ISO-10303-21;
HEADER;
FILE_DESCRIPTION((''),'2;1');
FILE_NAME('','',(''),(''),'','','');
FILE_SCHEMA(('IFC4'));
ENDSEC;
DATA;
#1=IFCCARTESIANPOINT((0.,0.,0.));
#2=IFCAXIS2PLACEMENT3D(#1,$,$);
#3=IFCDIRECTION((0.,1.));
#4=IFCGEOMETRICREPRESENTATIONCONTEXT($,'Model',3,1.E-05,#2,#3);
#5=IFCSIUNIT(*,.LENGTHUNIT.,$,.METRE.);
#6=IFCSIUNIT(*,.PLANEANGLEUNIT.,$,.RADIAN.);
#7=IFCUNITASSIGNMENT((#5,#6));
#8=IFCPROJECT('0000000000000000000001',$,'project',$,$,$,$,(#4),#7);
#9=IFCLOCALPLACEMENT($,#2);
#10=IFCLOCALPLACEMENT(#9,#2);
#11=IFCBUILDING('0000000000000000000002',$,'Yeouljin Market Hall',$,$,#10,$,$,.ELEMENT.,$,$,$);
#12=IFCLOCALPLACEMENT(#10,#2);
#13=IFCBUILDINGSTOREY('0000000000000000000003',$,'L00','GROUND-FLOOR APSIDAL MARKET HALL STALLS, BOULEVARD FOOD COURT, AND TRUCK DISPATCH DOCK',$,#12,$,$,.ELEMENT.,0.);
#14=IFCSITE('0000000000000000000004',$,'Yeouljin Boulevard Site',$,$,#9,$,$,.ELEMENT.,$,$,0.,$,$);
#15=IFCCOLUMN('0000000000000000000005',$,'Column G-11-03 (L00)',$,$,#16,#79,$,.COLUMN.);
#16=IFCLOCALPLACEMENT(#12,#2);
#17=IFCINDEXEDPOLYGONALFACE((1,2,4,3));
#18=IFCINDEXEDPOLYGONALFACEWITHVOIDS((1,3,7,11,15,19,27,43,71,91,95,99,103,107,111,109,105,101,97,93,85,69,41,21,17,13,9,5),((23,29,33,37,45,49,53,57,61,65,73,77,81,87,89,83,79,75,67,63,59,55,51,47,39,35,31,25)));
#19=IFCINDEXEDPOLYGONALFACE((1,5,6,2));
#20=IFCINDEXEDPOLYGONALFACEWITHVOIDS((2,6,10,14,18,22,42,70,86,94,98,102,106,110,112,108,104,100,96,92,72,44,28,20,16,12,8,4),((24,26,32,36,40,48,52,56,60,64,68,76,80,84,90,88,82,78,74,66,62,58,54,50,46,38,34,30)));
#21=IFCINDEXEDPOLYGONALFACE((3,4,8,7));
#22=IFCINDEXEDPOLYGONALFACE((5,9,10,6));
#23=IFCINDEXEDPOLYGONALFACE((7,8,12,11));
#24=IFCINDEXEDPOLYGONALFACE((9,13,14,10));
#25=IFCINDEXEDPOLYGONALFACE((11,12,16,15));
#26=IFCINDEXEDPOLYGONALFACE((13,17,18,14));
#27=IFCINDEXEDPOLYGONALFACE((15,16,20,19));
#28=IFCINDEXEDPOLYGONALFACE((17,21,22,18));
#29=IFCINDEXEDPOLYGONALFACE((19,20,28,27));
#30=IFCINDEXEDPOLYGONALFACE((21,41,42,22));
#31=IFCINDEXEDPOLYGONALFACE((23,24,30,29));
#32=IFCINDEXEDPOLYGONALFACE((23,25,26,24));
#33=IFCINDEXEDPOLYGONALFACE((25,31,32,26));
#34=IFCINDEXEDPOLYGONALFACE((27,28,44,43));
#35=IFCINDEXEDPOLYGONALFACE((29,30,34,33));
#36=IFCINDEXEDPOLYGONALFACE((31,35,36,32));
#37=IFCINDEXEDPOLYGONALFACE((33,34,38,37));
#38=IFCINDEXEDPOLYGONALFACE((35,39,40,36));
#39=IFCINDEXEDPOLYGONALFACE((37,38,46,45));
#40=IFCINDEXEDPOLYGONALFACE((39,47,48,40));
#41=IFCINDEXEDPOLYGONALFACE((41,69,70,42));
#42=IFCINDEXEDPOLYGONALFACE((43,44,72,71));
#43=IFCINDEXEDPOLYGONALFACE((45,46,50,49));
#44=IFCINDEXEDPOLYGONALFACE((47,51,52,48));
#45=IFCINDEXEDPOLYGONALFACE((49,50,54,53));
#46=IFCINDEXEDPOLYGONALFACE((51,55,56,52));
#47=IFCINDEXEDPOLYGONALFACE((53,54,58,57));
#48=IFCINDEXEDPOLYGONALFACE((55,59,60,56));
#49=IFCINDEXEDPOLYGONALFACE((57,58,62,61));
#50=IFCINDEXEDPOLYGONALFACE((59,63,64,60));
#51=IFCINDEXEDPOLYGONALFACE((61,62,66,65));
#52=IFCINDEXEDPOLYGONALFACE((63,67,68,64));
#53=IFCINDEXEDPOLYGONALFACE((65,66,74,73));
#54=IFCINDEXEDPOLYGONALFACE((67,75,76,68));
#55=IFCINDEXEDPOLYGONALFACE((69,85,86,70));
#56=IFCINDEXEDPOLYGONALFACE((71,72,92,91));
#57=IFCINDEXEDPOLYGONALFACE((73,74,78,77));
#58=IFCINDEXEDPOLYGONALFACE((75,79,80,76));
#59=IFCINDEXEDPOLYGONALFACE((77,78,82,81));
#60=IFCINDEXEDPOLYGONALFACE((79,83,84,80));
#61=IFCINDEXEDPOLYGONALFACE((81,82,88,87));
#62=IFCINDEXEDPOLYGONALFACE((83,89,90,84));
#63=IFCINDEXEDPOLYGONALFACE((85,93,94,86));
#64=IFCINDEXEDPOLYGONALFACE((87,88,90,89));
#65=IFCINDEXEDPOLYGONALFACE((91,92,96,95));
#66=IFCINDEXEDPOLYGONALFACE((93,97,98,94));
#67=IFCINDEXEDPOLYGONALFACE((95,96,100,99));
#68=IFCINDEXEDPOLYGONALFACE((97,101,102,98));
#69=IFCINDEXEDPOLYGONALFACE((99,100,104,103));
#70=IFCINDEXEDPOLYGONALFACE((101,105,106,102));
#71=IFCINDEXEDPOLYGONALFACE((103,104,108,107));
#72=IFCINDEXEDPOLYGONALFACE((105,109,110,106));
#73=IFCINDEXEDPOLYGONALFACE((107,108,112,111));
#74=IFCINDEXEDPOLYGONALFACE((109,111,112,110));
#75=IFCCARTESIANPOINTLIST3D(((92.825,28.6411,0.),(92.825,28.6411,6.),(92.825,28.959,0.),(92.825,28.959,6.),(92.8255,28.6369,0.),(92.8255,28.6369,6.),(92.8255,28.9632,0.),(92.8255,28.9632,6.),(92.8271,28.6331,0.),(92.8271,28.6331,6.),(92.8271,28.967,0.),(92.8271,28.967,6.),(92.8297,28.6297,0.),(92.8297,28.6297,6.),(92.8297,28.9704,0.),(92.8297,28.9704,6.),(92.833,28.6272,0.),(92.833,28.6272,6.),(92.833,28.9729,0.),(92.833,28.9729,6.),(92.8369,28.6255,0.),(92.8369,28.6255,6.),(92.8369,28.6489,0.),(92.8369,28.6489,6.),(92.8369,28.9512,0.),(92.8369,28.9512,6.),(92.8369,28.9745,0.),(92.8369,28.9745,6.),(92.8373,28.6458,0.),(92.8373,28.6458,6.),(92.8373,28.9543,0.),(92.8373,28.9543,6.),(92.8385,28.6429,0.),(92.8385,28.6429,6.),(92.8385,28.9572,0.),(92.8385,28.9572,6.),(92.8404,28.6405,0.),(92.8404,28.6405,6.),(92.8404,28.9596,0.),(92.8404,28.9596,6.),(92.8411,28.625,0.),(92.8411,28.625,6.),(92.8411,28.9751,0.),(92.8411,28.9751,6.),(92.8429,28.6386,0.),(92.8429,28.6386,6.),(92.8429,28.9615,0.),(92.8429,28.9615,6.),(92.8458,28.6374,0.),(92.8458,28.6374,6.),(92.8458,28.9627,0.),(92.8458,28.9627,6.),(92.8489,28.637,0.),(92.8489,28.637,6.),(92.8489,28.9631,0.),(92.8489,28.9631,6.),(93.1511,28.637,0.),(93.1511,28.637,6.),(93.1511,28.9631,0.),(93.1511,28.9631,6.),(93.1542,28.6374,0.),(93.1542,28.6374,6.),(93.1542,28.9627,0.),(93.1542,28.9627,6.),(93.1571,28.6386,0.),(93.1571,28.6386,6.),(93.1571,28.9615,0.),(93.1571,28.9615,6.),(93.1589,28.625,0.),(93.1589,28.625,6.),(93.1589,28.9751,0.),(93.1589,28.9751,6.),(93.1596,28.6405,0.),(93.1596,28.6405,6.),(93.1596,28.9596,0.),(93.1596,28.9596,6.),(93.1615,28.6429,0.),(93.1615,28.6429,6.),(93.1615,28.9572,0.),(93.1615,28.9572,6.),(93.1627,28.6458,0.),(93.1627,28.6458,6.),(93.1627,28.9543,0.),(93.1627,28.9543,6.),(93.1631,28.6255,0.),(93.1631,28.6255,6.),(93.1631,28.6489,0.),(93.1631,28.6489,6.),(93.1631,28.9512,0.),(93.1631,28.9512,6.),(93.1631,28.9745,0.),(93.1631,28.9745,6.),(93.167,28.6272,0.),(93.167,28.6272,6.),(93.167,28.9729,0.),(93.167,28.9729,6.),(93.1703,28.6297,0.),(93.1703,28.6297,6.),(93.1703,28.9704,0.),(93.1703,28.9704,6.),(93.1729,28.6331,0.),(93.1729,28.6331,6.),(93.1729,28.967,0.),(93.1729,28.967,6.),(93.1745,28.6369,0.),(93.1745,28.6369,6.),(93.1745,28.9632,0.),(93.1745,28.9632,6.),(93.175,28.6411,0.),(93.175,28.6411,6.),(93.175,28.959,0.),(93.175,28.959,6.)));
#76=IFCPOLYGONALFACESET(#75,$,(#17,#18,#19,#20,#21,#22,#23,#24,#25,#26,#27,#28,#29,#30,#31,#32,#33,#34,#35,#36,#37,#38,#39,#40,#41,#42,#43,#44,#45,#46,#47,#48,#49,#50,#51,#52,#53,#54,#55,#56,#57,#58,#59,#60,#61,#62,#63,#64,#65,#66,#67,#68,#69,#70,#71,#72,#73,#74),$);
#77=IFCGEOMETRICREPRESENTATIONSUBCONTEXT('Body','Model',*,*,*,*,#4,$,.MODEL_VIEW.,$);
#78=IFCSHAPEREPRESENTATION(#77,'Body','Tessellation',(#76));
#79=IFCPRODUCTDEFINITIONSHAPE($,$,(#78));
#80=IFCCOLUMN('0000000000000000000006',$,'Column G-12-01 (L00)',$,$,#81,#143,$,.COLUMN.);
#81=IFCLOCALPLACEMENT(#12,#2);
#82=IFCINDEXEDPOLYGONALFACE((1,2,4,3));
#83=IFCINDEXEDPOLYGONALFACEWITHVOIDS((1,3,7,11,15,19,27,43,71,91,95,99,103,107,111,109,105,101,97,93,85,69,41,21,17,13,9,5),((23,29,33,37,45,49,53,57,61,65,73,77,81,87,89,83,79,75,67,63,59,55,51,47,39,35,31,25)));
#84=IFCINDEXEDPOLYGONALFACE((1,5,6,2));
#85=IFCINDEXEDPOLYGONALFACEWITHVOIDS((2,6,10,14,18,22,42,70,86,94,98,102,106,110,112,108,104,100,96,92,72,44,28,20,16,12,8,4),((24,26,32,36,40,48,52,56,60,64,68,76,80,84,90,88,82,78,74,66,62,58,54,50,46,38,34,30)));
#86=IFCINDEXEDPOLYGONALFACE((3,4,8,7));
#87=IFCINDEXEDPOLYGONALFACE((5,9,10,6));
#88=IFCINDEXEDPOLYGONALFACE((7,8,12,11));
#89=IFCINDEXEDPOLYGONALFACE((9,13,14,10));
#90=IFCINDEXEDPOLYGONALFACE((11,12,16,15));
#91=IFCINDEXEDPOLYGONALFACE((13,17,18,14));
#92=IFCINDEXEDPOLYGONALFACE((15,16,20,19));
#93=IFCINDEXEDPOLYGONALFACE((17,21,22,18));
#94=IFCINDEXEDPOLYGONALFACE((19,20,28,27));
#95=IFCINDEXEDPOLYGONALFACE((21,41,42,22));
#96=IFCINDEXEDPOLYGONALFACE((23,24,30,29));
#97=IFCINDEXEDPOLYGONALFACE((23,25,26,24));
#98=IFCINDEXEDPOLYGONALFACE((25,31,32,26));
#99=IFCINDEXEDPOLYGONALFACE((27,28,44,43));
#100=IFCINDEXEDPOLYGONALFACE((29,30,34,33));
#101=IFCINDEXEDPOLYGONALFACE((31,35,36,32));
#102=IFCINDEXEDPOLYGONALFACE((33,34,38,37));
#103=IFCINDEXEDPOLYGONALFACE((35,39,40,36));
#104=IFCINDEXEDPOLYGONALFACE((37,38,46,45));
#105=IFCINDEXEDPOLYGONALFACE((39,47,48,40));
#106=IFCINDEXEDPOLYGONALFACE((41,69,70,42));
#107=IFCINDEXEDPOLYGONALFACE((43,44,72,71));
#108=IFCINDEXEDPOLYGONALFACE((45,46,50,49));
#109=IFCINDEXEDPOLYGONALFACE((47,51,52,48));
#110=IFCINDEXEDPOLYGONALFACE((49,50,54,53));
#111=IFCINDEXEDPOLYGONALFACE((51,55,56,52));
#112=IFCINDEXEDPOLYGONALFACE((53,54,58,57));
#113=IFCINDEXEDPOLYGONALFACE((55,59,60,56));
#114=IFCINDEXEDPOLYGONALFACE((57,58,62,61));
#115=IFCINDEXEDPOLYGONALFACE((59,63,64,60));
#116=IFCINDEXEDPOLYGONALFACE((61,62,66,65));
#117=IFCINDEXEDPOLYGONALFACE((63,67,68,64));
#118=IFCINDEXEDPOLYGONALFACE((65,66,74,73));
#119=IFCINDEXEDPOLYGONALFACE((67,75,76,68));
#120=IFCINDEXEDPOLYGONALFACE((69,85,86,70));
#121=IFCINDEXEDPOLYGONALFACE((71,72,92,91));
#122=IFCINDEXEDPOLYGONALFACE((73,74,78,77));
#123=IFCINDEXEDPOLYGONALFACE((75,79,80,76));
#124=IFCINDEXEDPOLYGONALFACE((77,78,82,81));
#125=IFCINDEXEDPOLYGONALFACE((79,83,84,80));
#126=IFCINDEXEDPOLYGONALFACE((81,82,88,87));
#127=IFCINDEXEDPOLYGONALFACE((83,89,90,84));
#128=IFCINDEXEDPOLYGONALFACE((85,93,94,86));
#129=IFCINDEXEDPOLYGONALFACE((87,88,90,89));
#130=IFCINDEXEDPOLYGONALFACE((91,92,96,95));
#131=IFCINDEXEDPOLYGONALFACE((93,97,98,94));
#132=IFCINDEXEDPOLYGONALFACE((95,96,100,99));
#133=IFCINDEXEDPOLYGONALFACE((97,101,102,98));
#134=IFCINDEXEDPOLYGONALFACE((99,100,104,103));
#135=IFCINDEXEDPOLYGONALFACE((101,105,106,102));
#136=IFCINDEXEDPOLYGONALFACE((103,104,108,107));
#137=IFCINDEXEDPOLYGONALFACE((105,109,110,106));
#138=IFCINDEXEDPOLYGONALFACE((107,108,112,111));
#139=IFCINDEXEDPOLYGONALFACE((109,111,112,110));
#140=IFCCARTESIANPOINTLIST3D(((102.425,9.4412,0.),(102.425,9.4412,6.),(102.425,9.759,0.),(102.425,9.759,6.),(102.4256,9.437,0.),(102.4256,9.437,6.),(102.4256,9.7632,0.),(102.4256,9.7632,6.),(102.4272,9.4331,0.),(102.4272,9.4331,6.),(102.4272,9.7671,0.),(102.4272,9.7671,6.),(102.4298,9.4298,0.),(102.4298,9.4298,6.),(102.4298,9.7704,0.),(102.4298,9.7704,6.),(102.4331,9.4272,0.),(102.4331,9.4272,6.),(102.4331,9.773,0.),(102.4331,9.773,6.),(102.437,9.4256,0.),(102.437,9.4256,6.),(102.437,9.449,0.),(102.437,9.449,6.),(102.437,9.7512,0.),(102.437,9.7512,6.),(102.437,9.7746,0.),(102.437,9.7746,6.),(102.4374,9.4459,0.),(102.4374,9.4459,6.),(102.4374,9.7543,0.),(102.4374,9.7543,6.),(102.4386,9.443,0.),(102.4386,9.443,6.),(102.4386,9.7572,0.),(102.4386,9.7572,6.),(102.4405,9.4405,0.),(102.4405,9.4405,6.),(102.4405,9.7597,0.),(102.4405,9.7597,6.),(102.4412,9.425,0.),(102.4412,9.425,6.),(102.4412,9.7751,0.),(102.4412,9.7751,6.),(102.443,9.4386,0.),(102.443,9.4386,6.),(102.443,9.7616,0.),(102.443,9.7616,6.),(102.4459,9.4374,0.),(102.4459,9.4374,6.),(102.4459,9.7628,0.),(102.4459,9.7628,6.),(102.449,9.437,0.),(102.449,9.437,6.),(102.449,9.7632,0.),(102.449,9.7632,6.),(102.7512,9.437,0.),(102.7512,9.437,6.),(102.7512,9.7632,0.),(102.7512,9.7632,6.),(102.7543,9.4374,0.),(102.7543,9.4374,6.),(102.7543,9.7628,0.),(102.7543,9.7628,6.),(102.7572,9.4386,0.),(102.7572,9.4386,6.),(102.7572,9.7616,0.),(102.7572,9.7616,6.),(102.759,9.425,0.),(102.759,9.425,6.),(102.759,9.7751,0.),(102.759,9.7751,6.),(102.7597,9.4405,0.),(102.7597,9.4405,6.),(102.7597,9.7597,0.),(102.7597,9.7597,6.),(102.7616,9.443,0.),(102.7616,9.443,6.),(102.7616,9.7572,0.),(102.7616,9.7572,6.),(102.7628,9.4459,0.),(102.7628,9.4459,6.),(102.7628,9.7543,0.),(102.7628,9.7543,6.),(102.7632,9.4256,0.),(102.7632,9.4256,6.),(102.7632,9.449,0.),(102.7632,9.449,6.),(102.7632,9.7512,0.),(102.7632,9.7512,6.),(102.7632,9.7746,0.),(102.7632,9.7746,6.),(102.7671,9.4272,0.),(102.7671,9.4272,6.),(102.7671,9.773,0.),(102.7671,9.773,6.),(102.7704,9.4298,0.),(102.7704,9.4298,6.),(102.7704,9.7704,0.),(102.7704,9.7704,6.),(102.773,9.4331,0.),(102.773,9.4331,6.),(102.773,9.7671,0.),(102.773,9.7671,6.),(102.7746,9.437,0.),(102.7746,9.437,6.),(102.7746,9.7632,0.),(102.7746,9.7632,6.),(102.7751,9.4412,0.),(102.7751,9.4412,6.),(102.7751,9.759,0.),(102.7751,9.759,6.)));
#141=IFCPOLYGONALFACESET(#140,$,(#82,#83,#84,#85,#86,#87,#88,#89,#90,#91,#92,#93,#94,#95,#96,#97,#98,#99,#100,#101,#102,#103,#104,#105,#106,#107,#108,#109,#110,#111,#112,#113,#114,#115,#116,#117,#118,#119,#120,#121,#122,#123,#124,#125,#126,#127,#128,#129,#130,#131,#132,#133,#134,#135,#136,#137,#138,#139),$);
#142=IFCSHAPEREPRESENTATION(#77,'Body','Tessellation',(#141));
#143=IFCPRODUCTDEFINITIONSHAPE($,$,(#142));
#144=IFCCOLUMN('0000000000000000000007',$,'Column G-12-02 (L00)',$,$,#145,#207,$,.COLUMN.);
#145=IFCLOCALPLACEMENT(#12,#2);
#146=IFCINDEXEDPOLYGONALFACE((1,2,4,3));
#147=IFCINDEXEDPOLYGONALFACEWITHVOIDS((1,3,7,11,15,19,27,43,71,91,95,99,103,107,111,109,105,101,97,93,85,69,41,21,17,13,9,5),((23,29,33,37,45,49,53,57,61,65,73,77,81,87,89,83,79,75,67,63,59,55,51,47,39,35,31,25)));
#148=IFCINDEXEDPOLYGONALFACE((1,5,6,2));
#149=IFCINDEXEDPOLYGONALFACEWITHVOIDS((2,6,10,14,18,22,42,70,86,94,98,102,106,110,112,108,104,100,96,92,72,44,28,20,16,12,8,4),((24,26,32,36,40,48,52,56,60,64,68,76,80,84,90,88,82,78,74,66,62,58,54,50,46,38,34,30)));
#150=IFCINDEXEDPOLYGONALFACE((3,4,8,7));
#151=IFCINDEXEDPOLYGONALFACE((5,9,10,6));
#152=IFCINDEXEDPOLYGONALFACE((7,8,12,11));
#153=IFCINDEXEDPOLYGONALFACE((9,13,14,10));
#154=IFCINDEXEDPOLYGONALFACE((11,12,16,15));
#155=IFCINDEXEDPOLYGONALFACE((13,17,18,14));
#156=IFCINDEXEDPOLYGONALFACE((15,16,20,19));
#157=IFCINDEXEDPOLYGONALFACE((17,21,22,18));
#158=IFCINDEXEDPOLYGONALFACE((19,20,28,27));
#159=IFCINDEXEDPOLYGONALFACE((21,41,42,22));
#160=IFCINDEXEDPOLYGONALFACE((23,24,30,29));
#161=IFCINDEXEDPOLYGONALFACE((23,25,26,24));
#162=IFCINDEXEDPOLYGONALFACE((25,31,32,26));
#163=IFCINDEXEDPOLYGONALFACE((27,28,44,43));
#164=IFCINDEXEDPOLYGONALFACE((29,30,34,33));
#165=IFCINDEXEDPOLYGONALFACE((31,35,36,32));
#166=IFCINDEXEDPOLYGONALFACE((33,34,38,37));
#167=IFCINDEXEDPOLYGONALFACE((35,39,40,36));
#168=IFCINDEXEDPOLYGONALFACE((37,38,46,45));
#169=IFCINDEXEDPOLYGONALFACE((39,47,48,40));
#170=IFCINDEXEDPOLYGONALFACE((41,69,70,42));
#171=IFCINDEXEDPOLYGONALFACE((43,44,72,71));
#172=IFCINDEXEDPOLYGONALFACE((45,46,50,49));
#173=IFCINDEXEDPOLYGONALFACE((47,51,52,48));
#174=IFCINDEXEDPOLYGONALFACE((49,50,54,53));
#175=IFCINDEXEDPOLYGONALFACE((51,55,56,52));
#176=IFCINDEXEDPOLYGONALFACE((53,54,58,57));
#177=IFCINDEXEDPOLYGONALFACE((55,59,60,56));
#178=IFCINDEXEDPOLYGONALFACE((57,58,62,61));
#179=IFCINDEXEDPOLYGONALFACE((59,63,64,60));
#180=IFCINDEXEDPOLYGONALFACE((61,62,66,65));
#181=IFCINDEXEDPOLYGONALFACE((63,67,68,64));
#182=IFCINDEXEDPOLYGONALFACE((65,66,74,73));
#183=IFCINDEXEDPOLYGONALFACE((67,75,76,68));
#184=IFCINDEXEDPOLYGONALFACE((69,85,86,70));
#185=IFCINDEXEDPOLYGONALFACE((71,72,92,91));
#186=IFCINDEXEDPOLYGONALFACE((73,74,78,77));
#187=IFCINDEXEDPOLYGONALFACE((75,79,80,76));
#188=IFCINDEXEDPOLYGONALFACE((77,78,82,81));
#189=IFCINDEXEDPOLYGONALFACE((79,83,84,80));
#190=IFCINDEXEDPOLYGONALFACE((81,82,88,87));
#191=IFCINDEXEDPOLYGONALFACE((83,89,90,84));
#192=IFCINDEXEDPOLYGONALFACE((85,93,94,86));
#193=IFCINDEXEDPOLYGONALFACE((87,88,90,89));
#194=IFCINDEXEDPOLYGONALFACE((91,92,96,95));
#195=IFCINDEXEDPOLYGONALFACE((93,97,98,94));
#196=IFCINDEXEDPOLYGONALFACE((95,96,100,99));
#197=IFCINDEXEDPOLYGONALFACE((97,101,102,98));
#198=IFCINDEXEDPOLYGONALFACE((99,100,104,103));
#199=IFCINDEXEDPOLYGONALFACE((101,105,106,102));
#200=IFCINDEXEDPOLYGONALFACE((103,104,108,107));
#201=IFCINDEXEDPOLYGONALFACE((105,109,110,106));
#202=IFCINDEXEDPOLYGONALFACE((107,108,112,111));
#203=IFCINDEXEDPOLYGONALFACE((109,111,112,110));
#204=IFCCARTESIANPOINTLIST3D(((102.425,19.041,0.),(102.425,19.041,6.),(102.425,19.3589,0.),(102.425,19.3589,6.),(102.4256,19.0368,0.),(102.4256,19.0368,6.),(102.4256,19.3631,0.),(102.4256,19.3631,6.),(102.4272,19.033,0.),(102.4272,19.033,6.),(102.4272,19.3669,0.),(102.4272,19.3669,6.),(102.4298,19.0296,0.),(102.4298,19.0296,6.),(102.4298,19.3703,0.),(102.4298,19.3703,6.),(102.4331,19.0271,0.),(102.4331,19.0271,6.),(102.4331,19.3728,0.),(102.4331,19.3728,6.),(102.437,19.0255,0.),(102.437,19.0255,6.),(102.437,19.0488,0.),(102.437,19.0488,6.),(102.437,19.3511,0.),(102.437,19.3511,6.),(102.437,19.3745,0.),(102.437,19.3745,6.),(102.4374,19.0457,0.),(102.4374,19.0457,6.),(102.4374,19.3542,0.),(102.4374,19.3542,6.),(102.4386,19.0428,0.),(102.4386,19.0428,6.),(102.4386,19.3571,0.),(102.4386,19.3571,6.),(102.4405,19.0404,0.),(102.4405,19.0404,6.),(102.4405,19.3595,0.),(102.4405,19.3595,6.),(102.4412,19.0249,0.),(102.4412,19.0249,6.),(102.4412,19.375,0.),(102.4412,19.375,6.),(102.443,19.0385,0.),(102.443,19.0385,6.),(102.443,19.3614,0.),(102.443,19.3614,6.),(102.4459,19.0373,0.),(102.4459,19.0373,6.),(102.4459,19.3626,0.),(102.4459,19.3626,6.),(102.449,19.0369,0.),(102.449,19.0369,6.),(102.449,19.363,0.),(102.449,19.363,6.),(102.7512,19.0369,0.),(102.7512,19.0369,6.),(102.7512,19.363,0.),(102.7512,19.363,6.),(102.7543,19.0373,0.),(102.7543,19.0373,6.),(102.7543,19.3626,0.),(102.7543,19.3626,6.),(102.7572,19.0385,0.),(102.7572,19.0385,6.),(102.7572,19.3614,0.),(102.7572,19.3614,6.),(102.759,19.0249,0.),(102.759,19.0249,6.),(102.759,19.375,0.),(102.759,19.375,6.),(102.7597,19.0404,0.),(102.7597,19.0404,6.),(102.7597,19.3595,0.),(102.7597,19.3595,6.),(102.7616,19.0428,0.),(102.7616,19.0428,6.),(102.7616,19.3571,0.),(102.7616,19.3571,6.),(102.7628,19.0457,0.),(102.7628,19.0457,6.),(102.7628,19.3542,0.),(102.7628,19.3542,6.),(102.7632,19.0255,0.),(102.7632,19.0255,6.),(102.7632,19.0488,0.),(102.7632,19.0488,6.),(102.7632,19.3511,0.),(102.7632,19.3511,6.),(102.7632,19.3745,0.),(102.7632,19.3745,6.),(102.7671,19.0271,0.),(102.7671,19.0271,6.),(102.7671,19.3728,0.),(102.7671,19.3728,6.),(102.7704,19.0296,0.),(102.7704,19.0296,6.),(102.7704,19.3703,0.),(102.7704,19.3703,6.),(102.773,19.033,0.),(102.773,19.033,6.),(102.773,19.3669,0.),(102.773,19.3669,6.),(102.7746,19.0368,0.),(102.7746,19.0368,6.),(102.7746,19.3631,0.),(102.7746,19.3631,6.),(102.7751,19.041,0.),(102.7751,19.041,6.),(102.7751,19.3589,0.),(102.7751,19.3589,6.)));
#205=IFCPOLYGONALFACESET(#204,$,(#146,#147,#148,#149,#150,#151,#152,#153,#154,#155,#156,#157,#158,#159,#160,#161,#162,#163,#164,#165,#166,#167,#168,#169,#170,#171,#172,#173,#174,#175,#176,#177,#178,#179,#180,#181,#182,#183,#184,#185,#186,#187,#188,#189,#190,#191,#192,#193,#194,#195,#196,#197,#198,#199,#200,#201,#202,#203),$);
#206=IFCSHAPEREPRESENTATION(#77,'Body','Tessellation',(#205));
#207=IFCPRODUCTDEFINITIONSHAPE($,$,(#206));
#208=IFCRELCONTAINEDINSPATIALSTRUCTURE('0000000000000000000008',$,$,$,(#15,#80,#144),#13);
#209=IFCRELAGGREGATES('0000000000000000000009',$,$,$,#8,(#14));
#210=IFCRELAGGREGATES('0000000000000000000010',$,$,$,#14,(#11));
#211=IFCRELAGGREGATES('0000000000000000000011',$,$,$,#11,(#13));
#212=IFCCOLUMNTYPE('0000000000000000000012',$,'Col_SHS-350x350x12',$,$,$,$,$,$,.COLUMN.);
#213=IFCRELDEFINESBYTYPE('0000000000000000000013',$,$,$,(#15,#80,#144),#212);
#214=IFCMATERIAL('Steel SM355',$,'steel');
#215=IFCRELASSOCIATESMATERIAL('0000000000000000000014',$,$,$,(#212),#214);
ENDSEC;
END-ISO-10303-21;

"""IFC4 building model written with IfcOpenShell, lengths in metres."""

from ifc_helpers import new_model, si_unit, direction, frame, origin, origin_2d, place, context, subcontext, project, spatial, hollow_rectangle, extrude, material, material_profile, profile_set, type_object, element, save


model = new_model("IFC4")

# Units and contexts
model_context = context("Model", 3, precision=1e-05, world=origin(), true_north=direction((0.0, 1.0)))
body_context = subcontext(model_context, "Body", "Model", "MODEL_VIEW")
ifc_project = project(units=[si_unit("LENGTHUNIT", "METRE"), si_unit("PLANEANGLEUNIT", "RADIAN")], contexts=[model_context])

# Site, building, storey
site_placement = place(None, origin())
site = spatial("IfcSite", under=ifc_project, at=site_placement, Name="Yeouljin Boulevard Site", CompositionType="ELEMENT", RefElevation=0.0)
building_placement = place(site_placement, origin())
building = spatial("IfcBuilding", under=site, at=building_placement, Name="Yeouljin Market Hall", CompositionType="ELEMENT")
storey_placement = place(building_placement, origin())
storey = spatial("IfcBuildingStorey", under=building, at=storey_placement, Name="L00", Description="GROUND-FLOOR APSIDAL MARKET HALL STALLS, BOULEVARD FOOD COURT, AND TRUCK DISPATCH DOCK", CompositionType="ELEMENT", Elevation=0.0)

# Columns
ifc_material_1 = material(Name="Steel SM355", Category="steel")
ifc_material_profile_1 = material_profile(ifc_material_1, hollow_rectangle(XDim=0.3501, YDim=0.3501, WallThickness=0.012, InnerFilletRadius=0.012, OuterFilletRadius=0.0161, at=origin_2d()), Name="SHS-350x350x12")
ifc_profile_set_1 = profile_set([ifc_material_profile_1], Name="Steel SM355")
column_type_1 = type_object("IfcColumnType", Name="Col_SHS-350x350x12", PredefinedType="COLUMN", material=ifc_profile_set_1)
for number, where, z_axis, x_axis, name in (
    (1, (93.0, 28.8, 0.0), (0.0, 0.0, 1.0), (1.0, 0.0, 0.0), "Column G-11-03 (L00)"),
    (2, (102.6001, 9.6001, 0.0), (0.0, 0.0, 1.0), (1.0, 0.0, 0.0), "Column G-12-01 (L00)"),
    (3, (102.6001, 19.2, 0.0), (0.0, 0.0, 1.0), (1.0, 0.0, 0.0), "Column G-12-02 (L00)"),
):
    element("IfcColumn", number, at=place(storey_placement, frame(where, z_axis=z_axis, x_axis=x_axis)), inside=storey, type_object=column_type_1, Name=name, PredefinedType="COLUMN", context=body_context, shape_type="SweptSolid", body=[
        extrude(hollow_rectangle(XDim=0.3501, YDim=0.3501, WallThickness=0.012, InnerFilletRadius=0.012, OuterFilletRadius=0.0161, at=origin_2d()), origin(), (0.0, 0.0, 1.0), 6.0),
    ])

save(model, "model.ifc")
